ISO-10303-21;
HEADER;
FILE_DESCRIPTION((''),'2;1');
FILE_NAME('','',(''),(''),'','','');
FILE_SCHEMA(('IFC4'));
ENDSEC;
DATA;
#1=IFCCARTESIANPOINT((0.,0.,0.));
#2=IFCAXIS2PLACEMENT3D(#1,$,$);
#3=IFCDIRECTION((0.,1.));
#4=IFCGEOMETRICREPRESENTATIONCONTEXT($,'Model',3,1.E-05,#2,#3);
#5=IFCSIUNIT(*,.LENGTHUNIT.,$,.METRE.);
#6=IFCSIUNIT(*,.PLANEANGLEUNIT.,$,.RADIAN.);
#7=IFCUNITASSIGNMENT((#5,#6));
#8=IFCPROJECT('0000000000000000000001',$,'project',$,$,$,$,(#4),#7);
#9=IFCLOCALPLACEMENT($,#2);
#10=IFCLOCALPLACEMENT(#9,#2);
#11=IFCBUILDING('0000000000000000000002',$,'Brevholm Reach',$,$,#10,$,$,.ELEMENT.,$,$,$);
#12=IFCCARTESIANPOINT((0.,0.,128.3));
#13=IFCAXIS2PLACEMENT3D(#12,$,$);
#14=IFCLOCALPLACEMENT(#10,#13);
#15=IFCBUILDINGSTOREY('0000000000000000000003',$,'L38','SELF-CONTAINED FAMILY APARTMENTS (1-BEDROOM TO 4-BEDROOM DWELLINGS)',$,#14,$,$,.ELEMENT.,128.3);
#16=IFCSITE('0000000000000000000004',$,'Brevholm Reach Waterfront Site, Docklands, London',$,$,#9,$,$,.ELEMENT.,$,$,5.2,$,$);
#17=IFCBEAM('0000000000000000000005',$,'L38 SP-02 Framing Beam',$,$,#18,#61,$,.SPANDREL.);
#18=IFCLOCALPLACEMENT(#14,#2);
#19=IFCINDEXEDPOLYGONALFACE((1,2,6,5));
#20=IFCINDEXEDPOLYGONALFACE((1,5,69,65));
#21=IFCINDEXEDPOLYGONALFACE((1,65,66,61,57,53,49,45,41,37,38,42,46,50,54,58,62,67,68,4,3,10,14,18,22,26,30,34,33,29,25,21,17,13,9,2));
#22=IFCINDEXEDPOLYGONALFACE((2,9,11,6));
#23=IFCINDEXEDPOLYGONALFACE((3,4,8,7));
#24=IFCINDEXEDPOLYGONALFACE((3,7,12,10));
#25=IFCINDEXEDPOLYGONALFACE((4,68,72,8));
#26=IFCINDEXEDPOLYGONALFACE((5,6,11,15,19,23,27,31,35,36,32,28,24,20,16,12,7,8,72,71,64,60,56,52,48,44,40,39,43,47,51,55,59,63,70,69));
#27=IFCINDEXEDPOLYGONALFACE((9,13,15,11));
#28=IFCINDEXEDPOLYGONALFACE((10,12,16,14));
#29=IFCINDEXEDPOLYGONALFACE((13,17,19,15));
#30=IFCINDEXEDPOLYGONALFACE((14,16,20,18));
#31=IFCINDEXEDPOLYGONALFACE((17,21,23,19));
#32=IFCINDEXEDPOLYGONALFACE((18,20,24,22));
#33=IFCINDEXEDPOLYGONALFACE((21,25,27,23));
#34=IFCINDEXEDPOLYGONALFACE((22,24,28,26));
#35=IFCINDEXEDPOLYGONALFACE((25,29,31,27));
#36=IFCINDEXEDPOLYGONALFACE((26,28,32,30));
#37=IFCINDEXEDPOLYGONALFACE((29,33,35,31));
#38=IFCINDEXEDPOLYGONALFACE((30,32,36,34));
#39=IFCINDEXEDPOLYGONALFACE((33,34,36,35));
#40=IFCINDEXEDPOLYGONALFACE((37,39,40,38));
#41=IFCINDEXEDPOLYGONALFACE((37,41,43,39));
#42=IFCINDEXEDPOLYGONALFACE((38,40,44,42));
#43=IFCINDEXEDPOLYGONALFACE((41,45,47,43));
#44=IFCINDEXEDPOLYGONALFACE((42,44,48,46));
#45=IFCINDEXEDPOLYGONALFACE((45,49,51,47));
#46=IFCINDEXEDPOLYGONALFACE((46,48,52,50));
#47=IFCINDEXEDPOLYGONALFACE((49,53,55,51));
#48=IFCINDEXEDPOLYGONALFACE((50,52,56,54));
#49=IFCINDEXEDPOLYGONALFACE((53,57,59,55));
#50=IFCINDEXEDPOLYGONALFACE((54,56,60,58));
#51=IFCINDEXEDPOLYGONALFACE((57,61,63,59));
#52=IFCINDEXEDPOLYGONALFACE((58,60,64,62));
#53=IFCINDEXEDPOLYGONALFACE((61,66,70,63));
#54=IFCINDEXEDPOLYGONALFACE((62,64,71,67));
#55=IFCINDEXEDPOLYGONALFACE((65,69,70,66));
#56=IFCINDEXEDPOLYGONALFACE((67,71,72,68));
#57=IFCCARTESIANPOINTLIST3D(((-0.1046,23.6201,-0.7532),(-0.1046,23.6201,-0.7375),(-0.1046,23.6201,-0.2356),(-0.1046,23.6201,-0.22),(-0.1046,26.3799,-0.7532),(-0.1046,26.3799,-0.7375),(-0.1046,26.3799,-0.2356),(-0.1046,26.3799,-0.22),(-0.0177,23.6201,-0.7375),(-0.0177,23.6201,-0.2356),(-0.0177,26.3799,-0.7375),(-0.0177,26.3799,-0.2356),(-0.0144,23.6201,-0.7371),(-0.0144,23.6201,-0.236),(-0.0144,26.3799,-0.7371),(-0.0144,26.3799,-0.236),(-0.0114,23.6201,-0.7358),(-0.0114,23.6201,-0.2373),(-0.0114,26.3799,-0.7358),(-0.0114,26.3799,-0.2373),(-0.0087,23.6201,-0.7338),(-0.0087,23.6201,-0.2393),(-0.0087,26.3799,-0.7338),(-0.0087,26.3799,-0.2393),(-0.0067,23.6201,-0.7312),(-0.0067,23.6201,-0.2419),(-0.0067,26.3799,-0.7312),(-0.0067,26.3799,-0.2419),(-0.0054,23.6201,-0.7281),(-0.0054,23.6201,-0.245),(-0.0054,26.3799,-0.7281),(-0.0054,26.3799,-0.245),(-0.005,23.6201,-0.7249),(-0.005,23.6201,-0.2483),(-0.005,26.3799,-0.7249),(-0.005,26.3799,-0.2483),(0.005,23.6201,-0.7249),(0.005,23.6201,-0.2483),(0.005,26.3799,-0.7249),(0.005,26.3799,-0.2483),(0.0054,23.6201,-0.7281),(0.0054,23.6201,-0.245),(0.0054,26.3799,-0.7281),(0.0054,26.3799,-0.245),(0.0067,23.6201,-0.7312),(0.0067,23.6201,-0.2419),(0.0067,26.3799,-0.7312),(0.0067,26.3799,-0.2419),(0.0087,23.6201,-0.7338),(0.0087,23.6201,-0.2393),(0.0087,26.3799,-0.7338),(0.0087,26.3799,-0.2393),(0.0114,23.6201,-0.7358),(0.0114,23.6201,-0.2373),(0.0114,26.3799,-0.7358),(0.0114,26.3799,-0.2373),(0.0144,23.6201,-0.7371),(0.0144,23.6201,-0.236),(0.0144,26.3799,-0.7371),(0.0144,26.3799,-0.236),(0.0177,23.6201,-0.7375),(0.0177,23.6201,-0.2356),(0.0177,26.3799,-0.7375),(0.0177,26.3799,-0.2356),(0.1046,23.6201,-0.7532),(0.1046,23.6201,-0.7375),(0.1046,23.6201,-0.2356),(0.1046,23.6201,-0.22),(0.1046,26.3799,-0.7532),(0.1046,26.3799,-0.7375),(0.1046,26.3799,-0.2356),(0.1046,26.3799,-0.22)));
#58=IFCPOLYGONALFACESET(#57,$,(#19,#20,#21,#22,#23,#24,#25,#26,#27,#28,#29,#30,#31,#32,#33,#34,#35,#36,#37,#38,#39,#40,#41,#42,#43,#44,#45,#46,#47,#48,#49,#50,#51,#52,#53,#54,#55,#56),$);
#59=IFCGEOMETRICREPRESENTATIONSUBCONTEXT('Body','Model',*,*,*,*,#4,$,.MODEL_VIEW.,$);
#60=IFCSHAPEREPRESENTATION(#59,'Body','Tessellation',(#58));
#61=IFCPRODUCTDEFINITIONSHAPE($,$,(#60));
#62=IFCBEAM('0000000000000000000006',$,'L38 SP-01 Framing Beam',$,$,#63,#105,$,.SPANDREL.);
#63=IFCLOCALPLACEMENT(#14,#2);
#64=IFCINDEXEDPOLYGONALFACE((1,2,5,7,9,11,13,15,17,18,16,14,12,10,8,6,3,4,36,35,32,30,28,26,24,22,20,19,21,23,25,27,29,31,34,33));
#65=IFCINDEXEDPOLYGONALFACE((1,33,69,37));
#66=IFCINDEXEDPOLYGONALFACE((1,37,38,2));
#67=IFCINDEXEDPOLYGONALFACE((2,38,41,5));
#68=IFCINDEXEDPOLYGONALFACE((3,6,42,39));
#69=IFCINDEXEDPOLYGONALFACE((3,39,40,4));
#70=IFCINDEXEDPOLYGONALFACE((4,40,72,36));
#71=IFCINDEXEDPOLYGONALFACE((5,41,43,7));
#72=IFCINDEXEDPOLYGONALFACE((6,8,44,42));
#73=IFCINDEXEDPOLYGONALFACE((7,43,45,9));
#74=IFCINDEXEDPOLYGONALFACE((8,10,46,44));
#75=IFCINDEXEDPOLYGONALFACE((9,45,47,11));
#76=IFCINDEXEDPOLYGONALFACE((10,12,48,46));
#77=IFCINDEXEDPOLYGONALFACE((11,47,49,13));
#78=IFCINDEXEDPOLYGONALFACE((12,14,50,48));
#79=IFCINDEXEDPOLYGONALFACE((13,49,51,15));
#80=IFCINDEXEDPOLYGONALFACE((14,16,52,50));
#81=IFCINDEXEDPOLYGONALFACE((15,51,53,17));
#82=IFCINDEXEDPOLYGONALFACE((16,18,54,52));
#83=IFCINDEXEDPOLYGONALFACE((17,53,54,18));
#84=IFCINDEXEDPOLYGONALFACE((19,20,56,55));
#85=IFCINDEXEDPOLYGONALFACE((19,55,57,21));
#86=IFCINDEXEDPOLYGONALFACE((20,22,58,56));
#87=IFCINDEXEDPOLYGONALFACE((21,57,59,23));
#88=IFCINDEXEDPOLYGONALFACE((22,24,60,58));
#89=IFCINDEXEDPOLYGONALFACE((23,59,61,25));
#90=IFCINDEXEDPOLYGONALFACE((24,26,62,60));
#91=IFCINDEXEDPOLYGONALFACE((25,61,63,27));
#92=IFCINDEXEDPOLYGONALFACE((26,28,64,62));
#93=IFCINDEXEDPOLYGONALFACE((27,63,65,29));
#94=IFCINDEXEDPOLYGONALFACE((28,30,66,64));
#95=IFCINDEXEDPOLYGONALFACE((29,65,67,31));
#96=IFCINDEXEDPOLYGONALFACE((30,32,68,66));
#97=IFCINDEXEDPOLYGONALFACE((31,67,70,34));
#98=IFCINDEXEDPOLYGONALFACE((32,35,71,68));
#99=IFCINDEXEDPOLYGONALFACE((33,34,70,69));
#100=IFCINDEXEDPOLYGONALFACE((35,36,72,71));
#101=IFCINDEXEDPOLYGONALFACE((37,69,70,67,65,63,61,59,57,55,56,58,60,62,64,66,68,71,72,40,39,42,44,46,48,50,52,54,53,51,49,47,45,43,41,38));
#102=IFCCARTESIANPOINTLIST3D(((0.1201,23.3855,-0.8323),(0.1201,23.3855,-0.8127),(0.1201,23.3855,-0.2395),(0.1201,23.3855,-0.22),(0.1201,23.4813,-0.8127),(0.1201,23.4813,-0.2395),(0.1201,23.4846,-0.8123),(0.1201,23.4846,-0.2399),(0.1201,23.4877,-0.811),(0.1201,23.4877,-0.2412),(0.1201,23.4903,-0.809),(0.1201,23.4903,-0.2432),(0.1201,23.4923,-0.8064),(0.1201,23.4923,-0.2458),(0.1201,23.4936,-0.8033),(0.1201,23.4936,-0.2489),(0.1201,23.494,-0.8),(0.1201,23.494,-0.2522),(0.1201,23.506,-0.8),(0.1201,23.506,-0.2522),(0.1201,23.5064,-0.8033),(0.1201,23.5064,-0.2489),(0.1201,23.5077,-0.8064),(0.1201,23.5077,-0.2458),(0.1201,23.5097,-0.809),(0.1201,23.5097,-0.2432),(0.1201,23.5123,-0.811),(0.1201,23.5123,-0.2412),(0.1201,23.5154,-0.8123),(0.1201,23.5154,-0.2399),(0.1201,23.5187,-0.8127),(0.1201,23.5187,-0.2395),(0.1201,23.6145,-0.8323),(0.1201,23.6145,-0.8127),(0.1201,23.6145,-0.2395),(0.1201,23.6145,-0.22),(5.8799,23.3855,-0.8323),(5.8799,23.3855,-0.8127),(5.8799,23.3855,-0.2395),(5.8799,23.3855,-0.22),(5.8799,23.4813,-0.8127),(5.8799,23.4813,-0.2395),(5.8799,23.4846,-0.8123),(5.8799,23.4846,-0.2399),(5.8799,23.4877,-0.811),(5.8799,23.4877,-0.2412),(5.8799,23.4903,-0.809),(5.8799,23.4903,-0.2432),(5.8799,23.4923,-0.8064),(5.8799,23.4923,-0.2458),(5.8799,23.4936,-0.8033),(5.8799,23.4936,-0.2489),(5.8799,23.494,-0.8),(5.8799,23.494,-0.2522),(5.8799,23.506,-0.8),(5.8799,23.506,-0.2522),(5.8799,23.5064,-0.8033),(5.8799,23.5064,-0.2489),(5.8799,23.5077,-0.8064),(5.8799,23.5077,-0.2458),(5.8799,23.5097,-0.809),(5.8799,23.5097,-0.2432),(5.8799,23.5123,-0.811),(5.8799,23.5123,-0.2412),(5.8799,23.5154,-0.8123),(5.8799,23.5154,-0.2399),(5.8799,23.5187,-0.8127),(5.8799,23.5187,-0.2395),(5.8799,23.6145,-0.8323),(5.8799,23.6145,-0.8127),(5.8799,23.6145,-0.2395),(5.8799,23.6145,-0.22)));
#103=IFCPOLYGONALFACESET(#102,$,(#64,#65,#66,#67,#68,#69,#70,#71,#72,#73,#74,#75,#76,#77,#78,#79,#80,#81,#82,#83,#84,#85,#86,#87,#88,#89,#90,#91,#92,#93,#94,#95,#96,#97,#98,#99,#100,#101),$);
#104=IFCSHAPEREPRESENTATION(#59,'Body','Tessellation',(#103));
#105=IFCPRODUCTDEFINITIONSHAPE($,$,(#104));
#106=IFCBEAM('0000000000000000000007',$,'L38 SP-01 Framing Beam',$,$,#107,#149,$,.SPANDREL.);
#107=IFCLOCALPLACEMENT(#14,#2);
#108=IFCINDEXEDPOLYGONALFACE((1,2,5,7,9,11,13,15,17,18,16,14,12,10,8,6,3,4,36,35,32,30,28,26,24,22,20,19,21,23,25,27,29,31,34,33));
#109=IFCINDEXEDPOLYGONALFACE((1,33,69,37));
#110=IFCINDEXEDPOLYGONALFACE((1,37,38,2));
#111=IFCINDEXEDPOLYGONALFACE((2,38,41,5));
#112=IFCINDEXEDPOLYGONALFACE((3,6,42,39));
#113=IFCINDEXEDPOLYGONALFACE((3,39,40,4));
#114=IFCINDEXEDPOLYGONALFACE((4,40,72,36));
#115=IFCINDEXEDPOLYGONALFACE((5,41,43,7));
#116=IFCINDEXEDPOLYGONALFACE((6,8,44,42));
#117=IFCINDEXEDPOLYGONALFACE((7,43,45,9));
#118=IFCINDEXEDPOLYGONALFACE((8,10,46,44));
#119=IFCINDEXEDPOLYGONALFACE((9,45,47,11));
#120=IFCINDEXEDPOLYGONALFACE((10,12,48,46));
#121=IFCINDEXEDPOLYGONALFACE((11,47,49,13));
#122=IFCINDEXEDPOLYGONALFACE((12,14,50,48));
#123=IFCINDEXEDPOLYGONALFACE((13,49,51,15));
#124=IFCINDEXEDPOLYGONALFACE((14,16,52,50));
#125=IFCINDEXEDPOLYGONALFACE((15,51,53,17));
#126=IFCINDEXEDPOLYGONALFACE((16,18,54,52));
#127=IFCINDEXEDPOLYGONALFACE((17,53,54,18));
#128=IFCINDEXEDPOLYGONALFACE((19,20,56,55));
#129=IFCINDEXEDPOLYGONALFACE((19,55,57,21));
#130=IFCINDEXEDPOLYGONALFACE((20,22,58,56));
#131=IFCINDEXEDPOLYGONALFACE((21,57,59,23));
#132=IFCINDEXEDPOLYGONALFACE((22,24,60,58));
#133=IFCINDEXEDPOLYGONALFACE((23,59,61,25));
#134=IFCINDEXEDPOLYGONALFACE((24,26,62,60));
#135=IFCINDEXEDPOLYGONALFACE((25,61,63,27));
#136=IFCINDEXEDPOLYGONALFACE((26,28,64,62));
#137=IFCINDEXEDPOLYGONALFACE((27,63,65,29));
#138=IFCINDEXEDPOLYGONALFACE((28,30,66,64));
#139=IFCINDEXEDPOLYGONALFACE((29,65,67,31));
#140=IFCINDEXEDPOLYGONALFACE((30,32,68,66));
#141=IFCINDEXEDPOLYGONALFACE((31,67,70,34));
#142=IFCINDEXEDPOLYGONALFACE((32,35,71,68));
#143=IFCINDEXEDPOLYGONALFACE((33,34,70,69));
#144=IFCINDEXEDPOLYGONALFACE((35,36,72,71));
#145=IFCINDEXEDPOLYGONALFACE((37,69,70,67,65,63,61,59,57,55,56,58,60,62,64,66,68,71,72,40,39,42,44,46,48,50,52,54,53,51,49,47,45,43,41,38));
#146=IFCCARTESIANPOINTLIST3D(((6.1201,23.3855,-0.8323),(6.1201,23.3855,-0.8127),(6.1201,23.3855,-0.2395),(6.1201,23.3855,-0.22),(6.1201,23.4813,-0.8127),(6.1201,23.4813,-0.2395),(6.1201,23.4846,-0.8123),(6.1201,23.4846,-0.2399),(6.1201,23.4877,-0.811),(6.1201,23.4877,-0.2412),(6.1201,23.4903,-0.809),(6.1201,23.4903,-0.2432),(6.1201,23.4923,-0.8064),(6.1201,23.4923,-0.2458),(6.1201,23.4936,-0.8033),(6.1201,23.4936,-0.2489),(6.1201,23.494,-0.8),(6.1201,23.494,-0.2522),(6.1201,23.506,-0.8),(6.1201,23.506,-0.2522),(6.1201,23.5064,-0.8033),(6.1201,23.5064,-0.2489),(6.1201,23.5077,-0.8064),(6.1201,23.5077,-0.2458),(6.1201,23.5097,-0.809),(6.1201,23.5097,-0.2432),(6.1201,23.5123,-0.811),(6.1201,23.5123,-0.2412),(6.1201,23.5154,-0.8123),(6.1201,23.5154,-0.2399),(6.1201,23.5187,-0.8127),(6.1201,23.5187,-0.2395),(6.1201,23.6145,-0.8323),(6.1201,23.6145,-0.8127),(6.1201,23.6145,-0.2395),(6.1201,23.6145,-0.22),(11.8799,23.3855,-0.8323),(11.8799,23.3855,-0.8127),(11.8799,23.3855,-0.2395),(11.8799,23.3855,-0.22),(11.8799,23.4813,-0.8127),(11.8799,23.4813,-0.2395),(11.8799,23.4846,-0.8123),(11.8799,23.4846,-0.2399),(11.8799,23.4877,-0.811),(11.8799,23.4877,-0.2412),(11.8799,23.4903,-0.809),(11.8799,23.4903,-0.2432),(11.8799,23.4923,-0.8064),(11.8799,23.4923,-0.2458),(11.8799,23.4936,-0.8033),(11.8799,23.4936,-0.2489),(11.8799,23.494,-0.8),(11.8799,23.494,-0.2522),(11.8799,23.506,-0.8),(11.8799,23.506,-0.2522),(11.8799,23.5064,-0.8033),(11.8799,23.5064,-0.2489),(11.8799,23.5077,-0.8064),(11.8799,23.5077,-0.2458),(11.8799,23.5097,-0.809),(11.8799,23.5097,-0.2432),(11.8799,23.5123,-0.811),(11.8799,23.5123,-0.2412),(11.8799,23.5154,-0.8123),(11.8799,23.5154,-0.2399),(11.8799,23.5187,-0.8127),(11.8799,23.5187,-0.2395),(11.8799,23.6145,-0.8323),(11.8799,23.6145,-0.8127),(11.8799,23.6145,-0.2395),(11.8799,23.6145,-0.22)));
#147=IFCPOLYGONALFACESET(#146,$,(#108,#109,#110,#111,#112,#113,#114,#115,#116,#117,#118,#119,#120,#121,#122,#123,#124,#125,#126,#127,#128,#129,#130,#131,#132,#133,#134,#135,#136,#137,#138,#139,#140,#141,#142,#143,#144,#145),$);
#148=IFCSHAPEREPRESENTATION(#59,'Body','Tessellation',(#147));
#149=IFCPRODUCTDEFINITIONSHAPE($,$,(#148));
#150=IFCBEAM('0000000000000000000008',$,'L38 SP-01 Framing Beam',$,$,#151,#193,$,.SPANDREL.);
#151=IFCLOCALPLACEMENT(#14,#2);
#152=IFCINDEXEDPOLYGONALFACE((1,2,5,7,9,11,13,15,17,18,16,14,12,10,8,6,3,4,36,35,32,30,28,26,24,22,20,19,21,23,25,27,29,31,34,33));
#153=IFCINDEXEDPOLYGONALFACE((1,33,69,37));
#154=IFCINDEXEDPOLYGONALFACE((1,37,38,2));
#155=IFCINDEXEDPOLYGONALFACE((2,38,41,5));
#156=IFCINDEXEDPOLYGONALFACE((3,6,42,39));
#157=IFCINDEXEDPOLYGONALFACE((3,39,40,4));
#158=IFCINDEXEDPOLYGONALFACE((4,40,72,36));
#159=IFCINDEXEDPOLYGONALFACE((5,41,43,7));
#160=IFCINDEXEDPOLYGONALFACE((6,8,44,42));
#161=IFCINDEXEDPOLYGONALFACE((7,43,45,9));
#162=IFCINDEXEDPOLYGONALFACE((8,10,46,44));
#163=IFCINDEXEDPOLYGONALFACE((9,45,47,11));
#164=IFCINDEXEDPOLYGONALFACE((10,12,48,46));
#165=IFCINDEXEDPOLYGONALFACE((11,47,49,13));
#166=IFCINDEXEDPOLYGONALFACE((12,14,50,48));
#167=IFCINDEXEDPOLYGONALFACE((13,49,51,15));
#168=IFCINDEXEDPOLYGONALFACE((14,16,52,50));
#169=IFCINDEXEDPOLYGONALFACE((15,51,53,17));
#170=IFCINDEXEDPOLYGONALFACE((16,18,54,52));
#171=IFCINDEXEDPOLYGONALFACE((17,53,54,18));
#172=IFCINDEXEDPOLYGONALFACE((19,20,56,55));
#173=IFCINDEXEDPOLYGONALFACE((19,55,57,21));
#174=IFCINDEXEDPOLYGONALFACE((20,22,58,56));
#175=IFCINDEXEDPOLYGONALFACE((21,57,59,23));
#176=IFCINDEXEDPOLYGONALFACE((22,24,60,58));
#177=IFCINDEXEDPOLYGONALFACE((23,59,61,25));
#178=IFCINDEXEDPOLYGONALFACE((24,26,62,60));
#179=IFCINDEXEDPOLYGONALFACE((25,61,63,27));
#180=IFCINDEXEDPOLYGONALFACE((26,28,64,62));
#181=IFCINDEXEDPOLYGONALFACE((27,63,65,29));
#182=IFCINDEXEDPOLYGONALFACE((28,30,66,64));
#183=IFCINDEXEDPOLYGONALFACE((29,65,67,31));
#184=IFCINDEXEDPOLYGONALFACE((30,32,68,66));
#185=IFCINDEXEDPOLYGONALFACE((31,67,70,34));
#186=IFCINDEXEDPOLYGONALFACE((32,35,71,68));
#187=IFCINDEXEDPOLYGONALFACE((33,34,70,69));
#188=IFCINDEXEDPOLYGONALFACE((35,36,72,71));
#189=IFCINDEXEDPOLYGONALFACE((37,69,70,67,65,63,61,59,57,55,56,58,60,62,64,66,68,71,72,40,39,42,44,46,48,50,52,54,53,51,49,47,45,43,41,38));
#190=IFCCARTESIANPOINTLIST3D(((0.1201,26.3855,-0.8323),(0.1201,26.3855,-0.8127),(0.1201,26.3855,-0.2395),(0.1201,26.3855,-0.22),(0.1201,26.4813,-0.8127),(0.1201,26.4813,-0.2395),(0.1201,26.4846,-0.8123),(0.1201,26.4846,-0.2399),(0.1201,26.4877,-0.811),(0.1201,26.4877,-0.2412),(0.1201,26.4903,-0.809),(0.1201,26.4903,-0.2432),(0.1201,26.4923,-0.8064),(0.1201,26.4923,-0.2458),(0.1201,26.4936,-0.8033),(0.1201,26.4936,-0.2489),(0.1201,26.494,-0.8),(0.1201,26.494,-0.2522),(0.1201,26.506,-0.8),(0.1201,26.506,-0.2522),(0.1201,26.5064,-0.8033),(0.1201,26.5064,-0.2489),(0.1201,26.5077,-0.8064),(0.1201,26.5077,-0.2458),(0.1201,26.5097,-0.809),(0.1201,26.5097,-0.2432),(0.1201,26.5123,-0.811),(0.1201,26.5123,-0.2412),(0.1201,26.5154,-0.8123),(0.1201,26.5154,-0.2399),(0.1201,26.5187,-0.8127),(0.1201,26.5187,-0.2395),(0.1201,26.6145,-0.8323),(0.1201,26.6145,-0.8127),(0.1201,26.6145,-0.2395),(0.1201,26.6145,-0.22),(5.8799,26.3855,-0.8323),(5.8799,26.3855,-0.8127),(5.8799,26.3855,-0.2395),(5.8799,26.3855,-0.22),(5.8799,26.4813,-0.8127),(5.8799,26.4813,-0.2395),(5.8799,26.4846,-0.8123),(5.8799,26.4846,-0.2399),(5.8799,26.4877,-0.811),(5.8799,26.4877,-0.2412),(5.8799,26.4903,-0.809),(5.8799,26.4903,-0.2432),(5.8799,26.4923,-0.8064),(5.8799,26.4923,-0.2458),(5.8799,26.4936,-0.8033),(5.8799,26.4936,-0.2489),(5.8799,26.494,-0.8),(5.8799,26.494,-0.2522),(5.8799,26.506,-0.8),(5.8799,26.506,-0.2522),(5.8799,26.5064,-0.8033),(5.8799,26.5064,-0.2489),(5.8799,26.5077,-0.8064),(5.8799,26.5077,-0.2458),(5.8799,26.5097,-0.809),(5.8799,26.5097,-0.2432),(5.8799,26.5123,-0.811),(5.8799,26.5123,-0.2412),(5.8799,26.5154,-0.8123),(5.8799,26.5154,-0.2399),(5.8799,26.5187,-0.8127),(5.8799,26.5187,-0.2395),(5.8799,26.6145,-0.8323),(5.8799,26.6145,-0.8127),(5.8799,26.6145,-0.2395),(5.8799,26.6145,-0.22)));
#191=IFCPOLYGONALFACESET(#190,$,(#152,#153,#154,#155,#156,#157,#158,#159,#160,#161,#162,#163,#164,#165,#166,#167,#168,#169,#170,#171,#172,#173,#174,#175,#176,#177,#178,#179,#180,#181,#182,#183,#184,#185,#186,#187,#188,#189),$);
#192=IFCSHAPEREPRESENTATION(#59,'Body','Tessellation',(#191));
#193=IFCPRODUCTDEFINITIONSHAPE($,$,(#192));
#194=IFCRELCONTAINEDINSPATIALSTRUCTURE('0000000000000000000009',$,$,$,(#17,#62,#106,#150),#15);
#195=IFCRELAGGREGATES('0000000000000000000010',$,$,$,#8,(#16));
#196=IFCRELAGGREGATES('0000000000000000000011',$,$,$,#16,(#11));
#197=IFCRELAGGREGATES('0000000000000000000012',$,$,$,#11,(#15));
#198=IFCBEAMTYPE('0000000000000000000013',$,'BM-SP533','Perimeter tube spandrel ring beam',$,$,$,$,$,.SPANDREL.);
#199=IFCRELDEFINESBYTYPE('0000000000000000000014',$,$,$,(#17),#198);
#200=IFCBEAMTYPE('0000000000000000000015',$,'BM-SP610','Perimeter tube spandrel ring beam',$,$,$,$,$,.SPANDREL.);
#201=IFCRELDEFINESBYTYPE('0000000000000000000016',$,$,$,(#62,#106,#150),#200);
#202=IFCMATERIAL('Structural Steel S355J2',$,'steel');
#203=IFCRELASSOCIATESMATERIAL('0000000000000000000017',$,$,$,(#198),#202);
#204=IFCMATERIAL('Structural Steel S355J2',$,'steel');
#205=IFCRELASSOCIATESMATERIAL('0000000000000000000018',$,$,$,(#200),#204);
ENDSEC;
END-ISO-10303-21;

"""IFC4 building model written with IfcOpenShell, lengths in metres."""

from ifc_helpers import new_model, si_unit, direction, frame, origin, origin_2d, place, context, subcontext, project, spatial, i_section, extrude, material, material_profile, profile_set, type_object, element, save


model = new_model("IFC4")

# Units and contexts
model_context = context("Model", 3, precision=1e-05, world=origin(), true_north=direction((0.0, 1.0)))
body_context = subcontext(model_context, "Body", "Model", "MODEL_VIEW")
ifc_project = project(units=[si_unit("LENGTHUNIT", "METRE"), si_unit("PLANEANGLEUNIT", "RADIAN")], contexts=[model_context])

# Site, building, storey
site_placement = place(None, origin())
site = spatial("IfcSite", under=ifc_project, at=site_placement, Name="Brevholm Reach Waterfront Site, Docklands, London", CompositionType="ELEMENT", RefElevation=5.2)
building_placement = place(site_placement, origin())
building = spatial("IfcBuilding", under=site, at=building_placement, Name="Brevholm Reach", CompositionType="ELEMENT")
storey_placement = place(building_placement, frame((0.0, 0.0, 128.3)))
storey = spatial("IfcBuildingStorey", under=building, at=storey_placement, Name="L38", Description="SELF-CONTAINED FAMILY APARTMENTS (1-BEDROOM TO 4-BEDROOM DWELLINGS)", CompositionType="ELEMENT", Elevation=128.3)

# Beams
ifc_material_1 = material(Name="Structural Steel S355J2", Category="steel")
ifc_material_profile_1 = material_profile(ifc_material_1, i_section(OverallWidth=0.2092, OverallDepth=0.5332, WebThickness=0.01, FlangeThickness=0.0156, FilletRadius=0.0127, at=origin_2d()), Name="UKB 533x210x92")
ifc_profile_set_1 = profile_set([ifc_material_profile_1], Name="Structural Steel S355J2")
beam_type_1 = type_object("IfcBeamType", Name="BM-SP533", Description="Perimeter tube spandrel ring beam", PredefinedType="SPANDREL", material=ifc_profile_set_1)
beam_1_placement = place(storey_placement, frame((0.0, 23.6201, -0.4866), z_axis=(0.0, 1.0, 0.0), x_axis=(-1.0, 0.0, 0.0)))
element("IfcBeam", 1, at=beam_1_placement, inside=storey, type_object=beam_type_1, Name="L38 SP-02 Framing Beam", PredefinedType="SPANDREL", context=body_context, shape_type="SweptSolid", body=[
    extrude(i_section(OverallWidth=0.2092, OverallDepth=0.5332, WebThickness=0.01, FlangeThickness=0.0156, FilletRadius=0.0127, at=origin_2d()), origin(), (0.0, 0.0, 1.0), 2.7598),
])
ifc_material_2 = material(Name="Structural Steel S355J2", Category="steel")
ifc_material_profile_2 = material_profile(ifc_material_2, i_section(OverallWidth=0.229, OverallDepth=0.6123, WebThickness=0.012, FlangeThickness=0.0195, FilletRadius=0.0127, at=origin_2d()), Name="UKB 610x229x125")
ifc_profile_set_2 = profile_set([ifc_material_profile_2], Name="Structural Steel S355J2")
beam_type_2 = type_object("IfcBeamType", Name="BM-SP610", Description="Perimeter tube spandrel ring beam", PredefinedType="SPANDREL", material=ifc_profile_set_2)
for number, where, z_axis, x_axis, name in (
    (2, (0.1201, 23.5, -0.5261), (1.0, 0.0, 0.0), (0.0, 1.0, 0.0), "L38 SP-01 Framing Beam"),
    (3, (6.1201, 23.5, -0.5261), (1.0, 0.0, 0.0), (0.0, 1.0, 0.0), "L38 SP-01 Framing Beam"),
    (4, (0.1201, 26.5, -0.5261), (1.0, 0.0, 0.0), (0.0, 1.0, 0.0), "L38 SP-01 Framing Beam"),
):
    element("IfcBeam", number, at=place(storey_placement, frame(where, z_axis=z_axis, x_axis=x_axis)), inside=storey, type_object=beam_type_2, Name=name, PredefinedType="SPANDREL", context=body_context, shape_type="SweptSolid", body=[
        extrude(i_section(OverallWidth=0.229, OverallDepth=0.6123, WebThickness=0.012, FlangeThickness=0.0195, FilletRadius=0.0127, at=origin_2d()), origin(), (0.0, 0.0, 1.0), 5.7598),
    ])

save(model, "model.ifc")
